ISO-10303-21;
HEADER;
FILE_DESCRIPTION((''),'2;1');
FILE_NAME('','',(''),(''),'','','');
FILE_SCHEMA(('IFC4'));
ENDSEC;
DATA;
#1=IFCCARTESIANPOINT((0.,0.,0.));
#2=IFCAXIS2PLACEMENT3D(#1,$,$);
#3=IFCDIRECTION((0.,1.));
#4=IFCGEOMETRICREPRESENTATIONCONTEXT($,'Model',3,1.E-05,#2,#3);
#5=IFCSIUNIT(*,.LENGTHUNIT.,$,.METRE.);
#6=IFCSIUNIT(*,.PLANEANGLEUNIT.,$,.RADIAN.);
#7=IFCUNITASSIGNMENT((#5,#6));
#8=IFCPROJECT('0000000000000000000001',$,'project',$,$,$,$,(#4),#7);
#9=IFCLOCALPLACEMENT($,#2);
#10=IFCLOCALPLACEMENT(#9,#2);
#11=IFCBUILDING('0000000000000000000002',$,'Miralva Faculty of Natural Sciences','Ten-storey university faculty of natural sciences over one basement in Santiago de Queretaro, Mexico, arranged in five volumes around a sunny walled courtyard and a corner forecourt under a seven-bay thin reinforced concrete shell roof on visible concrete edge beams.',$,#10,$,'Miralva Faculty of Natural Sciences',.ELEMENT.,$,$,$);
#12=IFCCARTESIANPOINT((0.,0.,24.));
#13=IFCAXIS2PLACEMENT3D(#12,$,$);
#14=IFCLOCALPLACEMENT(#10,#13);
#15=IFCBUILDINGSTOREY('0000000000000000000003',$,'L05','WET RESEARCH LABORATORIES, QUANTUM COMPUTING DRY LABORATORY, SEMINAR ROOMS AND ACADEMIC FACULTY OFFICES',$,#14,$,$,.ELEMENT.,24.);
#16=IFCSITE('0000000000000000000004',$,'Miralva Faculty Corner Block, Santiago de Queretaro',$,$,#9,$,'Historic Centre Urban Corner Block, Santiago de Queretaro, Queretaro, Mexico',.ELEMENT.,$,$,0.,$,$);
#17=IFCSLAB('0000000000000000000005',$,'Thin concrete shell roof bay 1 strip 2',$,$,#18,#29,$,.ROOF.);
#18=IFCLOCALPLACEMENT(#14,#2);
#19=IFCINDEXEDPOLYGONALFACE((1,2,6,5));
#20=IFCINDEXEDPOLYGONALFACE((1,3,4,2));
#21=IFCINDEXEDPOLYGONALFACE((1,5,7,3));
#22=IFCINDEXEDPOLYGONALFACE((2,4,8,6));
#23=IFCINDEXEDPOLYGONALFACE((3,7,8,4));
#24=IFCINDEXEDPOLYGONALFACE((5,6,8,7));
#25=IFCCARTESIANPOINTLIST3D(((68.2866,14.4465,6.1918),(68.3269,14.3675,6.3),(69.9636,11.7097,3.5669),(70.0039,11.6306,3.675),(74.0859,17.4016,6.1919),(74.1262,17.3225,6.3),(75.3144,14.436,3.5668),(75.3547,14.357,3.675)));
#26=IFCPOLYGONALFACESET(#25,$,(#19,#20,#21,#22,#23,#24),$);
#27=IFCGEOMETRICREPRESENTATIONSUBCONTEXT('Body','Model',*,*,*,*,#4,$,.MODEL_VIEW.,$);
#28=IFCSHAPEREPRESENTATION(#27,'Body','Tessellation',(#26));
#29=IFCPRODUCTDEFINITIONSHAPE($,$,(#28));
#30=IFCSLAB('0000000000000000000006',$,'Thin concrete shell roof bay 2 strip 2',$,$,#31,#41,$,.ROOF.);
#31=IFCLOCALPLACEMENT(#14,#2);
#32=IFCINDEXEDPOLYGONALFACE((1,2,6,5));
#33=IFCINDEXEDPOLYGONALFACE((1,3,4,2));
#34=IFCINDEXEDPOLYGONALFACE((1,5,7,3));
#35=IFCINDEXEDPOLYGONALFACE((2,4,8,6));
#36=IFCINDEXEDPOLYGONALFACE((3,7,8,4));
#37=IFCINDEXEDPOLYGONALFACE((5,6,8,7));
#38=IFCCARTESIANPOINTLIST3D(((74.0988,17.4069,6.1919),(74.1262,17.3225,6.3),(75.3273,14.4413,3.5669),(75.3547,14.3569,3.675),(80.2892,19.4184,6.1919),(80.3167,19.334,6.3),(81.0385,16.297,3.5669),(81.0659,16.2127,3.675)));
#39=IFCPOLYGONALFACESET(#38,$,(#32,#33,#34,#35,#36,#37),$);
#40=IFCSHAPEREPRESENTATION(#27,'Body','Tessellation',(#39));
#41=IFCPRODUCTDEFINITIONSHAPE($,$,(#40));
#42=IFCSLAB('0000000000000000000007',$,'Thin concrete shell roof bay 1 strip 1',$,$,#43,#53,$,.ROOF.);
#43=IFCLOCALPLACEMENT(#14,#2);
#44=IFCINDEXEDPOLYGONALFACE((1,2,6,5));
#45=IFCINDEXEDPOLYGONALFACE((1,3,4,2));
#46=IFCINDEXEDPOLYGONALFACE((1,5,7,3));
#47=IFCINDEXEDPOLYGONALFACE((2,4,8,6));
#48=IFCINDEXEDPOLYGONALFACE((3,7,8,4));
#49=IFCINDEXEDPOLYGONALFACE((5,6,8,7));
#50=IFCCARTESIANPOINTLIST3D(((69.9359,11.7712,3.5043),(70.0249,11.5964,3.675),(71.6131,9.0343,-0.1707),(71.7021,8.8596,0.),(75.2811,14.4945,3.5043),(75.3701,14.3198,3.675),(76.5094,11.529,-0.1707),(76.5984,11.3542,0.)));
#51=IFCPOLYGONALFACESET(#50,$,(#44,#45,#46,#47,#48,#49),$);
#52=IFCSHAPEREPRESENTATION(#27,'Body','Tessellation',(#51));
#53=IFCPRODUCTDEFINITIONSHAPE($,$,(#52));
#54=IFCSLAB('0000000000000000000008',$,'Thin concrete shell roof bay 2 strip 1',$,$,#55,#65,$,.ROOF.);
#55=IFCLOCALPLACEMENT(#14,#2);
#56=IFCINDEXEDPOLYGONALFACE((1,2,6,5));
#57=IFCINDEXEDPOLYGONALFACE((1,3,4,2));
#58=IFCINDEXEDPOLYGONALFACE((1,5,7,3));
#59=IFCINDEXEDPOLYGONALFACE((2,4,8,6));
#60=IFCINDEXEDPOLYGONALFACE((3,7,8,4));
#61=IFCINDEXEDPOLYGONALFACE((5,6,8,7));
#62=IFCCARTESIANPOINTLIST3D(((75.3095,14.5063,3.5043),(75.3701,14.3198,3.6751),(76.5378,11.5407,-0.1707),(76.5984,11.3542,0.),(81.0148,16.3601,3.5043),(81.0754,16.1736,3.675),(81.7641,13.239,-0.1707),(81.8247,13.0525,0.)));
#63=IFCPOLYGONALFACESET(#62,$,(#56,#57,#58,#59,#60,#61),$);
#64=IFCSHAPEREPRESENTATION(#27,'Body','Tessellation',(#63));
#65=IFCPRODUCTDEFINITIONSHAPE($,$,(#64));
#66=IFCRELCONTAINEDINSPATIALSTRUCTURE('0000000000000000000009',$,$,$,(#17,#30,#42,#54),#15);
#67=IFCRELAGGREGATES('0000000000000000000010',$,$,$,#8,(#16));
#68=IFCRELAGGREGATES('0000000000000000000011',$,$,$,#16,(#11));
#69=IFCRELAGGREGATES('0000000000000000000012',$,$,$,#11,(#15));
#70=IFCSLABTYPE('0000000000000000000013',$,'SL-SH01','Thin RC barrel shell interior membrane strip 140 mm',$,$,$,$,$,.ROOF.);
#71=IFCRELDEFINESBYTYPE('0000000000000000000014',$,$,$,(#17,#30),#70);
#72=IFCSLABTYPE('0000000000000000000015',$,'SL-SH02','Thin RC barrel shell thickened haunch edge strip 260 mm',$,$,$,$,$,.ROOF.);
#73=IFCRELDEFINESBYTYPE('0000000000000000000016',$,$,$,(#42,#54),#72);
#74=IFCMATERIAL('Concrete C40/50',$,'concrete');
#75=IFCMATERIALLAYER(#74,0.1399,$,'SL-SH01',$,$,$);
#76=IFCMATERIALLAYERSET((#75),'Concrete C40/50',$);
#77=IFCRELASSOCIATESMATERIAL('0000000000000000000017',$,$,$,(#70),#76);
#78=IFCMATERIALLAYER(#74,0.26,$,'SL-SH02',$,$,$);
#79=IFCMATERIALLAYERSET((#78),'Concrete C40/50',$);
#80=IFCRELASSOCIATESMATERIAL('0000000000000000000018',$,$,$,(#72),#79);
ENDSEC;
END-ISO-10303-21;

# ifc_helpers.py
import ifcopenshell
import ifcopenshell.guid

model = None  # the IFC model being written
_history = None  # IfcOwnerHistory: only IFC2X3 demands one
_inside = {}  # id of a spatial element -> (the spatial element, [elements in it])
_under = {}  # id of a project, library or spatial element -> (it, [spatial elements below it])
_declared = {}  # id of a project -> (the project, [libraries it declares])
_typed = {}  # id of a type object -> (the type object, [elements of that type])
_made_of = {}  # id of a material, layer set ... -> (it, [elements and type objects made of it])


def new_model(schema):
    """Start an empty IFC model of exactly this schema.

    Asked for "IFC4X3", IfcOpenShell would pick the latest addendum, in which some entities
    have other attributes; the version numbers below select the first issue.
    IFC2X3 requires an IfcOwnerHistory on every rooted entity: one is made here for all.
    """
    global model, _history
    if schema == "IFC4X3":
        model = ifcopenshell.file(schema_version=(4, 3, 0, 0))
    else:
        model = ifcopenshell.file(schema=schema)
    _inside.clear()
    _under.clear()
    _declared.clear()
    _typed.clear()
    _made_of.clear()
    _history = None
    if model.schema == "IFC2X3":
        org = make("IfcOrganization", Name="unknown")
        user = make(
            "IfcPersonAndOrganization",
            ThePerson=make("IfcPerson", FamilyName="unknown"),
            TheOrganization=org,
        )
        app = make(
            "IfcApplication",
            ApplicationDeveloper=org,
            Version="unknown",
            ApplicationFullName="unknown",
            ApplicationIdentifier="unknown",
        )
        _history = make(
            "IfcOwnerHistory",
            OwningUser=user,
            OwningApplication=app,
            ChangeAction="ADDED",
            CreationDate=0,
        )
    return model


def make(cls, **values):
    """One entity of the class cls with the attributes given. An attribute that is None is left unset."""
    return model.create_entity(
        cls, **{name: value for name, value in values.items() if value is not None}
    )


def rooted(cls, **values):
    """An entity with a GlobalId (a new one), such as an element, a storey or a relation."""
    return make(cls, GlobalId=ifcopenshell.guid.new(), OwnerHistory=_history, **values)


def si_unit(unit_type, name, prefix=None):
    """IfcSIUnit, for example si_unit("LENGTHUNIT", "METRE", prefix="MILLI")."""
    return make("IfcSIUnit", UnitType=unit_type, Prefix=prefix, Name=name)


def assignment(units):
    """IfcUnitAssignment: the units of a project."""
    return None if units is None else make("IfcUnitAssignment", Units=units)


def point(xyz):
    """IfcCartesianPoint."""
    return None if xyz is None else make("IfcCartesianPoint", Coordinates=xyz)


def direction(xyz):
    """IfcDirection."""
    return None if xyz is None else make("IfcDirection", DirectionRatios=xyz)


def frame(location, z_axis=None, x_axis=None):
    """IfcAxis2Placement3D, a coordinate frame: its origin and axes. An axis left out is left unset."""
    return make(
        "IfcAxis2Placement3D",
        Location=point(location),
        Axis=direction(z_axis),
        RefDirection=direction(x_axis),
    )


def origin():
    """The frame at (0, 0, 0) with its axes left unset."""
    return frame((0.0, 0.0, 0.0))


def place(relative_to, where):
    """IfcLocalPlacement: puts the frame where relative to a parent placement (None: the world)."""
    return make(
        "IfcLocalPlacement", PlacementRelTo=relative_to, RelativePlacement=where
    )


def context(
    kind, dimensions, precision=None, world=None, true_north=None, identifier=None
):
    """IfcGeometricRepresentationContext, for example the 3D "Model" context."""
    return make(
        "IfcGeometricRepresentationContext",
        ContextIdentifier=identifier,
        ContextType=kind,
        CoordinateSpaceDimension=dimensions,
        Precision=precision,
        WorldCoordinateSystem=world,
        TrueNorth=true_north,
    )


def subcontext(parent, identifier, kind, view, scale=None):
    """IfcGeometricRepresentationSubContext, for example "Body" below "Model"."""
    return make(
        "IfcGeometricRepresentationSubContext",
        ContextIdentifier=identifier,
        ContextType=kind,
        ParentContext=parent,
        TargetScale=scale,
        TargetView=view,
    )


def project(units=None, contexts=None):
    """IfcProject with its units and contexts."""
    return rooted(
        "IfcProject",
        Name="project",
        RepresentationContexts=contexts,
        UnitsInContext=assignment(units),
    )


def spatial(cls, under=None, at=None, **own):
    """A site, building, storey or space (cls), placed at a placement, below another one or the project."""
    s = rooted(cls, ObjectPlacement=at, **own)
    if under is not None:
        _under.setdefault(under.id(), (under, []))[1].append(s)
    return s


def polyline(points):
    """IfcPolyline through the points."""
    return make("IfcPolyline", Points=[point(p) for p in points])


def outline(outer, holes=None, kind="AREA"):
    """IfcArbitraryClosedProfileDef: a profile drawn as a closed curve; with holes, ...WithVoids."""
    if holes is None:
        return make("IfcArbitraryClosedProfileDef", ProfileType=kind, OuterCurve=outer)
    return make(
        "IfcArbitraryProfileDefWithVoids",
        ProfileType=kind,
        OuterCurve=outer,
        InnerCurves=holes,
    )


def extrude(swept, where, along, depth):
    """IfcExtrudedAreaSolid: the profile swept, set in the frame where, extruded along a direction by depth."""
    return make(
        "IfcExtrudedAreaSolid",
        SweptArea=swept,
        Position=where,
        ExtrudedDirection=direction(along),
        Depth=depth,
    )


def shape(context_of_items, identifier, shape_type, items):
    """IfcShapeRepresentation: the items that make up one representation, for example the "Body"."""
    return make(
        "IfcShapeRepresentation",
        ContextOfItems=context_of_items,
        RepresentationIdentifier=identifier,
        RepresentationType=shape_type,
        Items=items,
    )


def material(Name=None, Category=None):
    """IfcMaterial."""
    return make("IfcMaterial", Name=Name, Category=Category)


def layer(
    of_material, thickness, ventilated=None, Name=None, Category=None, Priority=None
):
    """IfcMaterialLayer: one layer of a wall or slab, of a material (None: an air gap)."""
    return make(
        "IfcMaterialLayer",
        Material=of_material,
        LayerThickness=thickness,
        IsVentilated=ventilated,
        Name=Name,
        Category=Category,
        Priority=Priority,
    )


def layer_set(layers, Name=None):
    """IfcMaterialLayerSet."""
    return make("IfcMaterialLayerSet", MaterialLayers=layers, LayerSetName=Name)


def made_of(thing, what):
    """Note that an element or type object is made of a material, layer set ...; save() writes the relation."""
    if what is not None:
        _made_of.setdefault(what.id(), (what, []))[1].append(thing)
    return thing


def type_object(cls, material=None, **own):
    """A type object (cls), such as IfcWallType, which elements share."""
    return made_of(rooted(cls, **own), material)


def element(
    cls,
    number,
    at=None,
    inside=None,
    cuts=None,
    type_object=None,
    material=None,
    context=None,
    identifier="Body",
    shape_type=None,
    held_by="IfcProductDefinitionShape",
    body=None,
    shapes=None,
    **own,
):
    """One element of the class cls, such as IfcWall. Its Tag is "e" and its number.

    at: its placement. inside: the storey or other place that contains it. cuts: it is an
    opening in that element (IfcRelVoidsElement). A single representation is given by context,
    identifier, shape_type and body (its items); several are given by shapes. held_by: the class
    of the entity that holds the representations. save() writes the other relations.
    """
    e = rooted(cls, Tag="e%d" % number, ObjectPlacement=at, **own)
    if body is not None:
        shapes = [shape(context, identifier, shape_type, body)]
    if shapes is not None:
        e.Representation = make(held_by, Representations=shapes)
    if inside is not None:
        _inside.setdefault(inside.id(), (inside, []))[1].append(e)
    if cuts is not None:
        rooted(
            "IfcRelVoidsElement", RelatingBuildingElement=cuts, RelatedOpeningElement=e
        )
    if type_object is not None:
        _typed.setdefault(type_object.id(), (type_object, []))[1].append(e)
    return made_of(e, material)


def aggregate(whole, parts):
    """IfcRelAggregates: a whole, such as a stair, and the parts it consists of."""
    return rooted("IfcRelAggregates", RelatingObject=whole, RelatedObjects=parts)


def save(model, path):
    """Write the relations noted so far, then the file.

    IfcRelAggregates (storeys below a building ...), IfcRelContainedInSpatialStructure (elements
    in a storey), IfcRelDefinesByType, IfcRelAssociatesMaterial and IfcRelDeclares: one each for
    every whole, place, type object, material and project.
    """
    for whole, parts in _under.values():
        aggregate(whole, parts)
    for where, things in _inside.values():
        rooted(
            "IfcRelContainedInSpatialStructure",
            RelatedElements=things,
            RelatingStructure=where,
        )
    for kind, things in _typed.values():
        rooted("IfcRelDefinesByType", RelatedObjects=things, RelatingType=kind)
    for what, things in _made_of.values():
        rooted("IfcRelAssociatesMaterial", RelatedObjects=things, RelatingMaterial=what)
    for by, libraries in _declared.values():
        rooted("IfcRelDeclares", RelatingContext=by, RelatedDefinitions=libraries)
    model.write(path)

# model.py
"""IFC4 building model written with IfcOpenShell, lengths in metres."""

from ifc_helpers import new_model, si_unit, direction, frame, origin, place, context, subcontext, project, spatial, polyline, outline, extrude, material, layer, layer_set, type_object, element, save


model = new_model("IFC4")

# Units and contexts
model_context = context("Model", 3, precision=1e-05, world=origin(), true_north=direction((0.0, 1.0)))
body_context = subcontext(model_context, "Body", "Model", "MODEL_VIEW")
ifc_project = project(units=[si_unit("LENGTHUNIT", "METRE"), si_unit("PLANEANGLEUNIT", "RADIAN")], contexts=[model_context])

# Site, building, storey
site_placement = place(None, origin())
site = spatial("IfcSite", under=ifc_project, at=site_placement, Name="Miralva Faculty Corner Block, Santiago de Queretaro", LongName="Historic Centre Urban Corner Block, Santiago de Queretaro, Queretaro, Mexico", CompositionType="ELEMENT", RefElevation=0.0)
building_placement = place(site_placement, origin())
building = spatial("IfcBuilding", under=site, at=building_placement, Name="Miralva Faculty of Natural Sciences", Description="Ten-storey university faculty of natural sciences over one basement in Santiago de Queretaro, Mexico, arranged in five volumes around a sunny walled courtyard and a corner forecourt under a seven-bay thin reinforced concrete shell roof on visible concrete edge beams.", LongName="Miralva Faculty of Natural Sciences", CompositionType="ELEMENT")
storey_placement = place(building_placement, frame((0.0, 0.0, 24.0)))
storey = spatial("IfcBuildingStorey", under=building, at=storey_placement, Name="L05", Description="WET RESEARCH LABORATORIES, QUANTUM COMPUTING DRY LABORATORY, SEMINAR ROOMS AND ACADEMIC FACULTY OFFICES", CompositionType="ELEMENT", Elevation=24.0)

# Shared definitions
ifc_material_1 = material(Name="Concrete C40/50", Category="concrete")

# Slabs
ifc_layer_1 = layer(ifc_material_1, 0.1399, Name="SL-SH01")
ifc_layer_set_1 = layer_set([ifc_layer_1], Name="Concrete C40/50")
slab_type_1 = type_object("IfcSlabType", Name="SL-SH01", Description="Thin RC barrel shell interior membrane strip 140 mm", PredefinedType="ROOF", material=ifc_layer_set_1)
slab_1_placement = place(storey_placement, frame((70.0039, 11.6306, 3.675), z_axis=(0.287938, -0.565098, 0.773147), x_axis=(0.891008, 0.453988, -0.000009)))
element("IfcSlab", 1, at=slab_1_placement, inside=storey, type_object=slab_type_1, Name="Thin concrete shell roof bay 1 strip 2", PredefinedType="ROOF", context=body_context, shape_type="SweptSolid", body=[
    extrude(outline(polyline([(0.0, 0.0), (6.0053, 0.0), (6.257, 4.139), (-0.2518, 4.1388), (0.0, 0.0)])), origin(), (0.0, 0.0, -1.0), 0.1399),
])
slab_2_placement = place(storey_placement, frame((75.3547, 14.3569, 3.675), z_axis=(0.195988, -0.603172, 0.773157), x_axis=(0.951054, 0.309024, -0.000002)))
element("IfcSlab", 2, at=slab_2_placement, inside=storey, type_object=slab_type_1, Name="Thin concrete shell roof bay 2 strip 2", PredefinedType="ROOF", context=body_context, shape_type="SweptSolid", body=[
    extrude(outline(polyline([(0.0, 0.0), (6.0051, 0.0), (6.2571, 4.139), (-0.252, 4.139), (0.0, 0.0)])), origin(), (0.0, 0.0, -1.0), 0.1399),
])
ifc_layer_2 = layer(ifc_material_1, 0.26, Name="SL-SH02")
ifc_layer_set_2 = layer_set([ifc_layer_2], Name="Concrete C40/50")
slab_type_2 = type_object("IfcSlabType", Name="SL-SH02", Description="Thin RC barrel shell thickened haunch edge strip 260 mm", PredefinedType="ROOF", material=ifc_layer_set_2)
slab_3_placement = place(storey_placement, frame((71.7021, 8.8596, 0.0), z_axis=(0.342373, -0.671978, 0.656679), x_axis=(0.891016, 0.453972, 0.0)))
element("IfcSlab", 3, at=slab_3_placement, inside=storey, type_object=slab_type_2, Name="Thin concrete shell roof bay 1 strip 1", PredefinedType="ROOF", context=body_context, shape_type="SweptSolid", body=[
    extrude(outline(polyline([(0.0, 0.0), (5.4951, 0.0), (5.747, 4.873), (-0.252, 4.873), (0.0, 0.0)])), origin(), (0.0, 0.0, -1.0), 0.26),
])
slab_4_placement = place(storey_placement, frame((76.5984, 11.3542, 0.0), z_axis=(0.233059, -0.717261, 0.656674), x_axis=(0.951053, 0.309029, 0.000005)))
element("IfcSlab", 4, at=slab_4_placement, inside=storey, type_object=slab_type_2, Name="Thin concrete shell roof bay 2 strip 1", PredefinedType="ROOF", context=body_context, shape_type="SweptSolid", body=[
    extrude(outline(polyline([(0.0, 0.0), (5.4953, 0.0), (5.7472, 4.8729), (-0.2517, 4.873), (0.0, 0.0)])), origin(), (0.0, 0.0, -1.0), 0.26),
])

save(model, "model.ifc")
